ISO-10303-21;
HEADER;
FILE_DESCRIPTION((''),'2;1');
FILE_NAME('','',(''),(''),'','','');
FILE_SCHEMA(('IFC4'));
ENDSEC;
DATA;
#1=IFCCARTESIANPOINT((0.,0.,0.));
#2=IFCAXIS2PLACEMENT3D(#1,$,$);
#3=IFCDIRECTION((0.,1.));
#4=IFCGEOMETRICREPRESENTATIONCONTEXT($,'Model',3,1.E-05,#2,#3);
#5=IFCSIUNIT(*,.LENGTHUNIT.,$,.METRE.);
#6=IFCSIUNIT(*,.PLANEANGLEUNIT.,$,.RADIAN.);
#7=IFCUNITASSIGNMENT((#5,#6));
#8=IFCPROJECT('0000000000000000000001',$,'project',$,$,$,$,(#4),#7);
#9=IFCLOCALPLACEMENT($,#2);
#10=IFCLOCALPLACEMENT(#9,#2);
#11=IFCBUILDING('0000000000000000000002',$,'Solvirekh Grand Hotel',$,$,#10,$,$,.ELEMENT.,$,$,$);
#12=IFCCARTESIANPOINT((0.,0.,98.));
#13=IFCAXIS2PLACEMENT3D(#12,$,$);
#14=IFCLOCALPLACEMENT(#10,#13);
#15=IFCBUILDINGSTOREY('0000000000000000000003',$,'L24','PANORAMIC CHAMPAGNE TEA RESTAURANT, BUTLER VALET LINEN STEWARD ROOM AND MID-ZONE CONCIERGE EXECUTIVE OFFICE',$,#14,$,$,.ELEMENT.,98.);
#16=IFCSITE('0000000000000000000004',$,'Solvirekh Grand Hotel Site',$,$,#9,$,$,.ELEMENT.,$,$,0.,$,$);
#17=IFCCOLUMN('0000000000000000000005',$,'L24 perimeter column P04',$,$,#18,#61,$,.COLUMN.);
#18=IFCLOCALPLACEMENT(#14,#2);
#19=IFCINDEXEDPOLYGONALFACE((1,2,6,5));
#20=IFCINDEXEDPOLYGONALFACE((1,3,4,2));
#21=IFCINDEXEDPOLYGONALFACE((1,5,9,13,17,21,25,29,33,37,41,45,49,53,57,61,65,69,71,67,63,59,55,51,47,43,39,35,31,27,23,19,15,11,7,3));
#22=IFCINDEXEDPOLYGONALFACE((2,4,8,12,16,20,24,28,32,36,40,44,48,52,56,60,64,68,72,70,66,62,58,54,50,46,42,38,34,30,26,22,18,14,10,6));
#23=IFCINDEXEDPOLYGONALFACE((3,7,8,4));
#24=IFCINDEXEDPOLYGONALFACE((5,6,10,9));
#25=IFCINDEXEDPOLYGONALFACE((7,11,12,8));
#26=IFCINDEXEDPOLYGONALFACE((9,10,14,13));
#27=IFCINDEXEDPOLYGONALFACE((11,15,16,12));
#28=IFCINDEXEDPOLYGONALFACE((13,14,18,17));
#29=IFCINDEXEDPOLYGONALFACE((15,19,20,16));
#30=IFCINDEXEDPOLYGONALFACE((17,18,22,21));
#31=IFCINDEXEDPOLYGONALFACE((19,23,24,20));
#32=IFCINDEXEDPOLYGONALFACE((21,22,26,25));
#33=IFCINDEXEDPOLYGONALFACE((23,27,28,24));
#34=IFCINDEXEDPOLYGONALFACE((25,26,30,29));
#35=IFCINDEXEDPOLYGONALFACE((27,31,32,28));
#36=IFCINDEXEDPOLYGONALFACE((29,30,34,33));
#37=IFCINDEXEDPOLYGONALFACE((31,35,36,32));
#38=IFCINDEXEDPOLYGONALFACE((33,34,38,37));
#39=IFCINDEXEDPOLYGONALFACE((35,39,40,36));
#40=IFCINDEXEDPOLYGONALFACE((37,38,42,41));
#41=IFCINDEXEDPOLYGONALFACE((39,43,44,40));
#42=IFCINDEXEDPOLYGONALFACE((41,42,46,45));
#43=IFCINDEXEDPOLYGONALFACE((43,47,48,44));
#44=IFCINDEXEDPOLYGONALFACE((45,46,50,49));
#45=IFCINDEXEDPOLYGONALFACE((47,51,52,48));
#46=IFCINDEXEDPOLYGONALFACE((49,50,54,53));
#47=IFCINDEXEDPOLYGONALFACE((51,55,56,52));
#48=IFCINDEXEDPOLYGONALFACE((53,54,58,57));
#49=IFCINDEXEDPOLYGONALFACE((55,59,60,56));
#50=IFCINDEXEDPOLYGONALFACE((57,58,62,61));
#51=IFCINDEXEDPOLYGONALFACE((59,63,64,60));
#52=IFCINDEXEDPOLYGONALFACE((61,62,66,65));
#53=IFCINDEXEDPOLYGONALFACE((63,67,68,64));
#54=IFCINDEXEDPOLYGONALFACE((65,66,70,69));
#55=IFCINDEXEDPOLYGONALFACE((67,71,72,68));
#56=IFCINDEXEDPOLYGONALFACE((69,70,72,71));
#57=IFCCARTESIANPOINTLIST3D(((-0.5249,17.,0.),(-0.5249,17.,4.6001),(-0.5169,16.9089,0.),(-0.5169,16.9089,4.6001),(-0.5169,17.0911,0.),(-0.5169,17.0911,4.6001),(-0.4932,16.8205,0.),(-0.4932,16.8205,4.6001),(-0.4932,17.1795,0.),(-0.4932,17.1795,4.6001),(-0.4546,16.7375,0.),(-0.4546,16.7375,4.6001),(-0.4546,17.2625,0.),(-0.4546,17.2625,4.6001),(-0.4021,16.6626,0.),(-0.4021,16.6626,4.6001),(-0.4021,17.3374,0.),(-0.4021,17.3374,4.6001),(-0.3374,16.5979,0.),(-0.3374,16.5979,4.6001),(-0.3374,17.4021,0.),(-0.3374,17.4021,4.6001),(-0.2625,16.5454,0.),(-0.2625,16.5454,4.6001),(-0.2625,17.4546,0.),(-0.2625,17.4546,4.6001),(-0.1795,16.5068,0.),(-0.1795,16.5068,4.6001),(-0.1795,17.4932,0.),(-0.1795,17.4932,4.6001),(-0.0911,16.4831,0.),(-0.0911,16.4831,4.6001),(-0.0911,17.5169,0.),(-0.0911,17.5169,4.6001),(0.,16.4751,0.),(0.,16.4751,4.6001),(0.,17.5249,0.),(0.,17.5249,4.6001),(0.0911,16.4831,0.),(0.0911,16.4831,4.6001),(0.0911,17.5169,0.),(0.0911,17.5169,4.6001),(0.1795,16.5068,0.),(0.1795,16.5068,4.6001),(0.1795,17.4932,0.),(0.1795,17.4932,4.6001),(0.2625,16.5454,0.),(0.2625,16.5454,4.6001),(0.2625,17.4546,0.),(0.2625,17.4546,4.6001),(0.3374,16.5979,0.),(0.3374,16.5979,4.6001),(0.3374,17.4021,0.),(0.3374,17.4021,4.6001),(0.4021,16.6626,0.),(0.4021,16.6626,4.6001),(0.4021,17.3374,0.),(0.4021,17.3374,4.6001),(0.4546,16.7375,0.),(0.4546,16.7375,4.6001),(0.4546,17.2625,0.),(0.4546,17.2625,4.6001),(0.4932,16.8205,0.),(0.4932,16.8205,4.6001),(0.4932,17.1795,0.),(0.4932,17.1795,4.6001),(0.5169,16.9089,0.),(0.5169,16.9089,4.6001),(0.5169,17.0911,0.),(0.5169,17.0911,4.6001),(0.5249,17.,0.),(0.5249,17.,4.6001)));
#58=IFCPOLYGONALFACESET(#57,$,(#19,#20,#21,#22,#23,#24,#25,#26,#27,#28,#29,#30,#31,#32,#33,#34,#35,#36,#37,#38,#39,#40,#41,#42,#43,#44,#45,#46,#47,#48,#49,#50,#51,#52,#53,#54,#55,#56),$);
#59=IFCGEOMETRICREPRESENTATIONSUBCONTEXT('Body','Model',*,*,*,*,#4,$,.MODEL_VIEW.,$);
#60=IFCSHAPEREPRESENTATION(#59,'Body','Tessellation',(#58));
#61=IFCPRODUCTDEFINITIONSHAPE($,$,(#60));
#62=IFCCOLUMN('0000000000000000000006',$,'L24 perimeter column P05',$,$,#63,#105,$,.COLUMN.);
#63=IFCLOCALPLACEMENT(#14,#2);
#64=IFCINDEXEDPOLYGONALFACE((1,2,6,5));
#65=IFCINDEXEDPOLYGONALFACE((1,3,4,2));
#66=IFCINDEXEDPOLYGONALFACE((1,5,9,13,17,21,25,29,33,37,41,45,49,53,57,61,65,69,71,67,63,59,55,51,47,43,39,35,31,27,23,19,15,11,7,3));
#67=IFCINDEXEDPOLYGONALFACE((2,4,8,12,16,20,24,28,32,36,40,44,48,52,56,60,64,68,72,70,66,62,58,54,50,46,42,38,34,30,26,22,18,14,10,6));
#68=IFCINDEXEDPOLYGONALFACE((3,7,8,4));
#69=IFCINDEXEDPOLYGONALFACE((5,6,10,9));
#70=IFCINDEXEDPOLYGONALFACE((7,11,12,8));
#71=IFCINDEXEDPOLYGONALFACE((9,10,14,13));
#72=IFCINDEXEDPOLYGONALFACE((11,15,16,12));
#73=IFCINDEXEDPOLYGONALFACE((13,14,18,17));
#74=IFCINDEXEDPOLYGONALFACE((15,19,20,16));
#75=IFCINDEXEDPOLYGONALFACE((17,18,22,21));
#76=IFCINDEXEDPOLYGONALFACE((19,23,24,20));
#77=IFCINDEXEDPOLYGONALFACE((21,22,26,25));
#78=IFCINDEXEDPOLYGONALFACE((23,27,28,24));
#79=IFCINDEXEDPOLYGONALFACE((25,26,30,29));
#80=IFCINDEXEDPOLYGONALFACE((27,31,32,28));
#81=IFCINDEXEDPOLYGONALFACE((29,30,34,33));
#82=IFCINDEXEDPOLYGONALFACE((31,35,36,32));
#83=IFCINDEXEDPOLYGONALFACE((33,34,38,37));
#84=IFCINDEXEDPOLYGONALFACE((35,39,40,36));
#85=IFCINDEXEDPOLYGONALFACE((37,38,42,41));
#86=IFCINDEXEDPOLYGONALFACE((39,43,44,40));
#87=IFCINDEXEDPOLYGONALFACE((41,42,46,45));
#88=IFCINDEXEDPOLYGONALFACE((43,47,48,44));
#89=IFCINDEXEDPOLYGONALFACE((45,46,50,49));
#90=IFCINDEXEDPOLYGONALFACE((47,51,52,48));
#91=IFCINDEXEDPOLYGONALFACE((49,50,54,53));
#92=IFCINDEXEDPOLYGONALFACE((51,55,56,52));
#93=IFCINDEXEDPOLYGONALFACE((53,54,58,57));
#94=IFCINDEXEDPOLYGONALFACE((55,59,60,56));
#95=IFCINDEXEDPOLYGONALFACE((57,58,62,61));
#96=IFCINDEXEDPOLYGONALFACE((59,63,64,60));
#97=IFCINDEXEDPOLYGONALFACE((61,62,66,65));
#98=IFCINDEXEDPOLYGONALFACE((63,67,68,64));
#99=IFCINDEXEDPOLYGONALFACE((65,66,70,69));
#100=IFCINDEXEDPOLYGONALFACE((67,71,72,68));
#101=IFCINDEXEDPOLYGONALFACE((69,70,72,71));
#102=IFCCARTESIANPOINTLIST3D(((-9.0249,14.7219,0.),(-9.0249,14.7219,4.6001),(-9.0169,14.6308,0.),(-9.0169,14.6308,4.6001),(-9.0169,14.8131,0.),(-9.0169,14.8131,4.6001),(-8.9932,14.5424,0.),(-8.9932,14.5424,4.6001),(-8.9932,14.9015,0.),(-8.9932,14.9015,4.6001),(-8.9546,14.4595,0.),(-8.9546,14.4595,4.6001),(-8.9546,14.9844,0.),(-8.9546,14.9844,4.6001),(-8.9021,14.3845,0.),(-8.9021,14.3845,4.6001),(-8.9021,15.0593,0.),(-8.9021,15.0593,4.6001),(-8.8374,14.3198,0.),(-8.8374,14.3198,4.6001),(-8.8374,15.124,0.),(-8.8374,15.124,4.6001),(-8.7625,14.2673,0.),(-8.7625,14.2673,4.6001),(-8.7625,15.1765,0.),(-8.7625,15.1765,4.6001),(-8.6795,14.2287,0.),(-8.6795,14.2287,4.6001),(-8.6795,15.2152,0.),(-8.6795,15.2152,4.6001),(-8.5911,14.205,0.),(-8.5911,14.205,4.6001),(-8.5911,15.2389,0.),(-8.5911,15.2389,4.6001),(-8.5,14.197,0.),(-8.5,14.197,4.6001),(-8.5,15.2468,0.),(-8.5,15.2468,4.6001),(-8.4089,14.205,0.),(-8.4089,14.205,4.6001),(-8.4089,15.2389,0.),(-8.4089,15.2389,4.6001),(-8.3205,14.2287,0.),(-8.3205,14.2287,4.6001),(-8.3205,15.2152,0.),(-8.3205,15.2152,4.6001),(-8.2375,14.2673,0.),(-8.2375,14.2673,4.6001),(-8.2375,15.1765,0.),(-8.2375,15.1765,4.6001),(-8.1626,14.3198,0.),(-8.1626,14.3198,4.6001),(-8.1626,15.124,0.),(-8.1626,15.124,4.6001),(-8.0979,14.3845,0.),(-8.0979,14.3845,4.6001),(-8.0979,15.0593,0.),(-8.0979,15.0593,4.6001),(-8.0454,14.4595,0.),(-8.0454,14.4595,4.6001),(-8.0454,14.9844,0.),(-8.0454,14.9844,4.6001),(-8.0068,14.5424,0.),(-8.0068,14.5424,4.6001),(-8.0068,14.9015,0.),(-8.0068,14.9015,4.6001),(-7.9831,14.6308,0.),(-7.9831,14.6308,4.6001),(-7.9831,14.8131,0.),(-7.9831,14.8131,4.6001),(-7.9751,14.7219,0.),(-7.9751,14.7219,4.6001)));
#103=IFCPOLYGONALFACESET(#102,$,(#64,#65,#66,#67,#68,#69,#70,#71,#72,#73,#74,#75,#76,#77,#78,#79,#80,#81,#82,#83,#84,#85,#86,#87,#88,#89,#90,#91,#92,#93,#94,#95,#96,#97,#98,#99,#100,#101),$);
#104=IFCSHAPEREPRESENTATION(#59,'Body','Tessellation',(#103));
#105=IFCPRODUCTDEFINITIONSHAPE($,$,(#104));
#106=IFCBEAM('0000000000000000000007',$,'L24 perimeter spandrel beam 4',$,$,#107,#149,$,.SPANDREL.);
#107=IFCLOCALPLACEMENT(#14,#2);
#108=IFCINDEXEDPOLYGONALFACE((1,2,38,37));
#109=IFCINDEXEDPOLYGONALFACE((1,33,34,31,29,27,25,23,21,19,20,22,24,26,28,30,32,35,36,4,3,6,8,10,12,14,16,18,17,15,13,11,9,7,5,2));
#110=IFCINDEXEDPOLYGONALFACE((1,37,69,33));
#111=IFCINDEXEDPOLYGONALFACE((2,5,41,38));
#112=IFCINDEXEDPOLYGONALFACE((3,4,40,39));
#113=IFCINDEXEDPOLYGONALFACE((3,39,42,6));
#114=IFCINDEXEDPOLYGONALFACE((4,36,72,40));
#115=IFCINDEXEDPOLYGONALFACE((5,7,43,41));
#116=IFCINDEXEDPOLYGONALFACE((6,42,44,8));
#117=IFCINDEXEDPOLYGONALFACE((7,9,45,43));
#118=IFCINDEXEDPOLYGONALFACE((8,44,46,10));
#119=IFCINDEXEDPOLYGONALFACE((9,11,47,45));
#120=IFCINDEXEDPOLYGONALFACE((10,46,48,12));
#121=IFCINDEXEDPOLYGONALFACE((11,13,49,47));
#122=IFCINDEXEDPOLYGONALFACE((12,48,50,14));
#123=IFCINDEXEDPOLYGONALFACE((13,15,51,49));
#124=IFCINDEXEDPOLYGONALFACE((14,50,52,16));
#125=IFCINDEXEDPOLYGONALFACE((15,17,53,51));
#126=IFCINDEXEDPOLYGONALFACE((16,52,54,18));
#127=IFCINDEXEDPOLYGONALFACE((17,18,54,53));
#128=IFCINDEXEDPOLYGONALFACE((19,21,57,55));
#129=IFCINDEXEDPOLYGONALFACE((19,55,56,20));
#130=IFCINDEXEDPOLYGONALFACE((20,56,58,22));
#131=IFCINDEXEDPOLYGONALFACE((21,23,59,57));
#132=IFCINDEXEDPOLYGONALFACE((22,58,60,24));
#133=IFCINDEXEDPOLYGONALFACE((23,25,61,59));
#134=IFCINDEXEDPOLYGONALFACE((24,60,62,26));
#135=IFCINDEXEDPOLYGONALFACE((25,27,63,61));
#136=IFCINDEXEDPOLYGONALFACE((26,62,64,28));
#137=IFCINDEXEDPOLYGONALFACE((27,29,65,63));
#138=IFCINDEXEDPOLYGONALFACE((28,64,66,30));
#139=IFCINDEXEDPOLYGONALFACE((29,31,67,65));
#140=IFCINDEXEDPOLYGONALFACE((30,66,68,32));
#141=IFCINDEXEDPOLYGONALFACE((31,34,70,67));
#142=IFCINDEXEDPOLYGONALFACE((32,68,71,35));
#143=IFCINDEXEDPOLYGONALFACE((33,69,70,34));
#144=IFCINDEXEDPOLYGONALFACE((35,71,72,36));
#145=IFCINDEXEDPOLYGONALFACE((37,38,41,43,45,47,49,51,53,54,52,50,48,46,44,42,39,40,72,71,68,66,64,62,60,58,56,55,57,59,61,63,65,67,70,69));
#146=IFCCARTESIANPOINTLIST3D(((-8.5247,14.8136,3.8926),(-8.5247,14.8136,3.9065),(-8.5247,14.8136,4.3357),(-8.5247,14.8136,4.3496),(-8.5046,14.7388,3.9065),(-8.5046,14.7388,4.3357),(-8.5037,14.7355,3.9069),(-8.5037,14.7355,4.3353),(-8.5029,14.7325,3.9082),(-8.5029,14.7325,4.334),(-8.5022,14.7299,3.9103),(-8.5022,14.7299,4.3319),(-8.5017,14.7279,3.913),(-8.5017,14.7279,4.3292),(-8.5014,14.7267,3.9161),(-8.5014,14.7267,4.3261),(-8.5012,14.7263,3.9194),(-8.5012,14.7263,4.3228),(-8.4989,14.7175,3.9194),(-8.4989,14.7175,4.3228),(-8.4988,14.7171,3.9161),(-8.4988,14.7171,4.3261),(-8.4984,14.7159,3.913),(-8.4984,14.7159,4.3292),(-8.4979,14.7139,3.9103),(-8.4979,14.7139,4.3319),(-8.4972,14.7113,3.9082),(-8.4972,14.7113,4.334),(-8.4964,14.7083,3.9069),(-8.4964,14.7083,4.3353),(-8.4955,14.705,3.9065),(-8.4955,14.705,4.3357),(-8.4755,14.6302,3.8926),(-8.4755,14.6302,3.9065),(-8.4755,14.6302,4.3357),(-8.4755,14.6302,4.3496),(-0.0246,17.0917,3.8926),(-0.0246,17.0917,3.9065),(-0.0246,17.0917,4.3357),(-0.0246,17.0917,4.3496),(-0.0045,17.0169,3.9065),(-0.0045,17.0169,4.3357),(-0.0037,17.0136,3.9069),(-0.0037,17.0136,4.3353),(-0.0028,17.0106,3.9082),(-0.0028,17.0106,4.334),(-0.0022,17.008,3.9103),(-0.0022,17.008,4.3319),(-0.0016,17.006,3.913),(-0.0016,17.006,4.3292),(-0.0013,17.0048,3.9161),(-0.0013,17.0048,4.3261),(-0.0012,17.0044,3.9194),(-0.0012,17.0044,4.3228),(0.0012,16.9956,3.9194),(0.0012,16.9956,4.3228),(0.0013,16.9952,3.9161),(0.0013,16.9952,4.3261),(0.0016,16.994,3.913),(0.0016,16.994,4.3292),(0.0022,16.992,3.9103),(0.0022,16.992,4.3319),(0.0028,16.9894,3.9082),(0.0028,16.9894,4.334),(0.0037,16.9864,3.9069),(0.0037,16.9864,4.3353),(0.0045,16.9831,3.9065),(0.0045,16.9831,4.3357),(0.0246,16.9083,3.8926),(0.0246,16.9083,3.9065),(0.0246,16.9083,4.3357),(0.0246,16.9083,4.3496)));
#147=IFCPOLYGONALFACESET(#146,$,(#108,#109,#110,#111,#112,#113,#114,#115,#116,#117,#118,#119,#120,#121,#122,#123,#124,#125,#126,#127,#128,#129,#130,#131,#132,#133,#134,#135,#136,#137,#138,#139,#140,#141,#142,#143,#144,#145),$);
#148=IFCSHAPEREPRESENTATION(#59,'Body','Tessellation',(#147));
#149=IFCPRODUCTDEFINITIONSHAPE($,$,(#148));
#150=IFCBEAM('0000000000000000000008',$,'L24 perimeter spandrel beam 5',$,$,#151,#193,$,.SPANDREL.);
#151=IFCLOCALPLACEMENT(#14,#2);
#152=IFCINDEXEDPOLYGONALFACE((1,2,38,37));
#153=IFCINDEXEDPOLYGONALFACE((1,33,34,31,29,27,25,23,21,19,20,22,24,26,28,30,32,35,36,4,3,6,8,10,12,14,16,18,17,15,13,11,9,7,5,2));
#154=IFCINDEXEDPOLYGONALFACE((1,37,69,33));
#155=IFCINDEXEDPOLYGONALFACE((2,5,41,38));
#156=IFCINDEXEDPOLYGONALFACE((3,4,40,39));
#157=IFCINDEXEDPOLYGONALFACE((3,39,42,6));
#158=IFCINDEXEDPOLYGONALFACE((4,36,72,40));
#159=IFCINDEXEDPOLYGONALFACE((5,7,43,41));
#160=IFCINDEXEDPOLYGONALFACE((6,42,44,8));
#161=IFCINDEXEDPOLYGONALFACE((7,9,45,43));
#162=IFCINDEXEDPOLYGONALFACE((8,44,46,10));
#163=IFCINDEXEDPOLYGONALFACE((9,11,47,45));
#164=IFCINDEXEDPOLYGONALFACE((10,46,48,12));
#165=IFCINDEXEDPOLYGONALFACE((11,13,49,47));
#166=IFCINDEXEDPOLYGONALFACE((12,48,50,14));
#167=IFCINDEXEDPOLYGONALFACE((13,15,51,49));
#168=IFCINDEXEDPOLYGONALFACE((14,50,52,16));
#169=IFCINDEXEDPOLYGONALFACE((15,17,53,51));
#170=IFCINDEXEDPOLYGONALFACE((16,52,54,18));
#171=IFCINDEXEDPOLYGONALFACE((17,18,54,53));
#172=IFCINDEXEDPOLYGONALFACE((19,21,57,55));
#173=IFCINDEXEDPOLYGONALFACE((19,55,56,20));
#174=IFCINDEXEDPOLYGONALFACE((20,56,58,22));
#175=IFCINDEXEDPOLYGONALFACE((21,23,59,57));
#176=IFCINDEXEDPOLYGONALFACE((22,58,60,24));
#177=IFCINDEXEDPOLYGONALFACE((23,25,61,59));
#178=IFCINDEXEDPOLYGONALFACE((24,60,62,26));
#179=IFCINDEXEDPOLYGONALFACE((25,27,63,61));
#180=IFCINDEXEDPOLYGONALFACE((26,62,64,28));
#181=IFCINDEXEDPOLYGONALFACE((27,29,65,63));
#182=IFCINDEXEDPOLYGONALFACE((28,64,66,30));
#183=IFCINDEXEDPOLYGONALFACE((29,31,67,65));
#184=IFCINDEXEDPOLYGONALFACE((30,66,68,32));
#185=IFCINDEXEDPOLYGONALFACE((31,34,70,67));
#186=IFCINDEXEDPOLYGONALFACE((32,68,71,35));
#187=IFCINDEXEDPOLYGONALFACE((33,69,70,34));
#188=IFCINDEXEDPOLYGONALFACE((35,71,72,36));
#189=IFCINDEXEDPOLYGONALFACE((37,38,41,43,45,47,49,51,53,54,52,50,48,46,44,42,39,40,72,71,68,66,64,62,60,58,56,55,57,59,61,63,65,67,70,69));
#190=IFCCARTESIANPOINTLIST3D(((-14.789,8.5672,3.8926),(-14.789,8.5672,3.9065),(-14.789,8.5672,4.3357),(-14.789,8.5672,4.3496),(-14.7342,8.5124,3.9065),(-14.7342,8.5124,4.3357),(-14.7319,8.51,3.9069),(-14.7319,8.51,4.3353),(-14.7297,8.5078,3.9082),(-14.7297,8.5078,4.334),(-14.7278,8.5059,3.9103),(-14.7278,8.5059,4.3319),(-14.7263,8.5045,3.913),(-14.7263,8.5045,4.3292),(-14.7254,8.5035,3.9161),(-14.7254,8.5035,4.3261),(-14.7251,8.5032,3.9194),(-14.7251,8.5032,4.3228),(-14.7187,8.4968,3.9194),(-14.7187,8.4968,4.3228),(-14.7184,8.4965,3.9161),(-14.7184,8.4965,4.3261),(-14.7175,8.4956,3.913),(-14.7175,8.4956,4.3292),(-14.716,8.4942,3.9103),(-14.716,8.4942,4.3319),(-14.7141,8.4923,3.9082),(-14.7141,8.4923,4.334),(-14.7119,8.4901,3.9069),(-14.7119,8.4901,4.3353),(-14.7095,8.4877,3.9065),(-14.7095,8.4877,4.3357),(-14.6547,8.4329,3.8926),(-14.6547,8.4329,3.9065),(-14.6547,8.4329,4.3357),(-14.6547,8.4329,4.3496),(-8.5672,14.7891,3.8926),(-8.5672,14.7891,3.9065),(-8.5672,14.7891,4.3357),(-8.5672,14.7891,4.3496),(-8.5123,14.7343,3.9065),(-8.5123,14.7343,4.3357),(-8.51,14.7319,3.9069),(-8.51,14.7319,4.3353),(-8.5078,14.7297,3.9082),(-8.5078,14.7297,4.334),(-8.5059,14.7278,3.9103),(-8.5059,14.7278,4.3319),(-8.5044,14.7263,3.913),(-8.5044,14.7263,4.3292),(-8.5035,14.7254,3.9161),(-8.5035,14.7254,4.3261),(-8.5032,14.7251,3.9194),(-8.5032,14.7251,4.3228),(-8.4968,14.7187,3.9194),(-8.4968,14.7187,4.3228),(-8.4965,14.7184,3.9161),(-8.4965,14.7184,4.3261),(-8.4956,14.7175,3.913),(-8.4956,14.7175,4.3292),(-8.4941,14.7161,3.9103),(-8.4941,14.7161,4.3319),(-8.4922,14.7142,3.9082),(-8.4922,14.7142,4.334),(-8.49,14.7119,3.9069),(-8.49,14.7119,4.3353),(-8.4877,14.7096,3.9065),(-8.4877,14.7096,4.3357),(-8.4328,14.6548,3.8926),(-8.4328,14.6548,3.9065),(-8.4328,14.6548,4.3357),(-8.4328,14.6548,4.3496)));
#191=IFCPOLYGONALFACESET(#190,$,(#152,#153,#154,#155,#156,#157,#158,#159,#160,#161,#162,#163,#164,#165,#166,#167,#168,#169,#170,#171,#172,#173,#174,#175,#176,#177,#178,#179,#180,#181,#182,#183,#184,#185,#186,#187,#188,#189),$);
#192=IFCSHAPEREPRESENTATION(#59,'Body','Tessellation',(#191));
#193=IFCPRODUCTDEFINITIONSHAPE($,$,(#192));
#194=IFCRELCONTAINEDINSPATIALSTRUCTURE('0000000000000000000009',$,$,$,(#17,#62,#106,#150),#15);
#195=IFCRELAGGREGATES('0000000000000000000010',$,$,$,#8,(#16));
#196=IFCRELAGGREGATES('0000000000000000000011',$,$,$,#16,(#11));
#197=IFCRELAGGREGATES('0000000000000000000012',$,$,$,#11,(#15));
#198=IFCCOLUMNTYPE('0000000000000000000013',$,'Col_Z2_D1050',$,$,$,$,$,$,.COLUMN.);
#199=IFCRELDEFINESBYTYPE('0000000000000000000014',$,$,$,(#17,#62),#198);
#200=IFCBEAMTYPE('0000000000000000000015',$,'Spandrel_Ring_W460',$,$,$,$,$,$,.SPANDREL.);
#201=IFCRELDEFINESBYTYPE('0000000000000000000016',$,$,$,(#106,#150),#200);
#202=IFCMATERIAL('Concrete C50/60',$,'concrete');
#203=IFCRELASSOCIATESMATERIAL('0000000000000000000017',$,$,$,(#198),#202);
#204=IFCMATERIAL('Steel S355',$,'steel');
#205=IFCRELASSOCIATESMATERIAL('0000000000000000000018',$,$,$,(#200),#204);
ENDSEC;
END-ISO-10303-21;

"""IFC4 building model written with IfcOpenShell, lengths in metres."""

from ifc_helpers import new_model, si_unit, direction, frame, origin, origin_2d, place, context, subcontext, project, spatial, circle, i_section, extrude, material, material_profile, profile_set, type_object, element, save


model = new_model("IFC4")

# Units and contexts
model_context = context("Model", 3, precision=1e-05, world=origin(), true_north=direction((0.0, 1.0)))
body_context = subcontext(model_context, "Body", "Model", "MODEL_VIEW")
ifc_project = project(units=[si_unit("LENGTHUNIT", "METRE"), si_unit("PLANEANGLEUNIT", "RADIAN")], contexts=[model_context])

# Site, building, storey
site_placement = place(None, origin())
site = spatial("IfcSite", under=ifc_project, at=site_placement, Name="Solvirekh Grand Hotel Site", CompositionType="ELEMENT", RefElevation=0.0)
building_placement = place(site_placement, origin())
building = spatial("IfcBuilding", under=site, at=building_placement, Name="Solvirekh Grand Hotel", CompositionType="ELEMENT")
storey_placement = place(building_placement, frame((0.0, 0.0, 98.0)))
storey = spatial("IfcBuildingStorey", under=building, at=storey_placement, Name="L24", Description="PANORAMIC CHAMPAGNE TEA RESTAURANT, BUTLER VALET LINEN STEWARD ROOM AND MID-ZONE CONCIERGE EXECUTIVE OFFICE", CompositionType="ELEMENT", Elevation=98.0)

# Columns
ifc_material_1 = material(Name="Concrete C50/60", Category="concrete")
ifc_material_profile_1 = material_profile(ifc_material_1, circle(Radius=0.5249, at=origin_2d()), Name="RC CIRC D1050")
ifc_profile_set_1 = profile_set([ifc_material_profile_1], Name="Concrete C50/60")
column_type = type_object("IfcColumnType", Name="Col_Z2_D1050", PredefinedType="COLUMN", material=ifc_profile_set_1)
for number, where, z_axis, x_axis, name in (
    (1, (0.0, 17.0, 0.0), (0.0, 0.0, 1.0), (1.0, 0.0, 0.0), "L24 perimeter column P04"),
    (2, (-8.5, 14.7219, 0.0), (0.0, 0.0, 1.0), (1.0, 0.0, 0.0), "L24 perimeter column P05"),
):
    element("IfcColumn", number, at=place(storey_placement, frame(where, z_axis=z_axis, x_axis=x_axis)), inside=storey, type_object=column_type, Name=name, PredefinedType="COLUMN", context=body_context, shape_type="SweptSolid", body=[
        extrude(circle(Radius=0.5249, at=origin_2d()), origin(), (0.0, 0.0, 1.0), 4.6001),
    ])

# Beams
ifc_material_2 = material(Name="Steel S355", Category="steel")
ifc_material_profile_2 = material_profile(ifc_material_2, i_section(OverallWidth=0.1899, OverallDepth=0.457, WebThickness=0.009, FlangeThickness=0.0139, FilletRadius=0.0129, at=origin_2d()), Name="W460X74")
ifc_profile_set_2 = profile_set([ifc_material_profile_2], Name="Steel S355")
beam_type = type_object("IfcBeamType", Name="Spandrel_Ring_W460", PredefinedType="SPANDREL", material=ifc_profile_set_2)
beam_1_placement = place(storey_placement, frame((0.0, 17.0, 4.1211), z_axis=(-0.965911, -0.258873, 0.0), x_axis=(0.258873, -0.965911, 0.0)))
element("IfcBeam", 3, at=beam_1_placement, inside=storey, type_object=beam_type, Name="L24 perimeter spandrel beam 4", PredefinedType="SPANDREL", context=body_context, shape_type="SweptSolid", body=[
    extrude(i_section(OverallWidth=0.1899, OverallDepth=0.457, WebThickness=0.009, FlangeThickness=0.0139, FilletRadius=0.0129, at=origin_2d()), origin(), (0.0, 0.0, 1.0), 8.8),
])
beam_2_placement = place(storey_placement, frame((-8.5, 14.7219, 4.1211), z_axis=(-0.707107, -0.707107, 0.0), x_axis=(0.707107, -0.707107, 0.0)))
element("IfcBeam", 4, at=beam_2_placement, inside=storey, type_object=beam_type, Name="L24 perimeter spandrel beam 5", PredefinedType="SPANDREL", context=body_context, shape_type="SweptSolid", body=[
    extrude(i_section(OverallWidth=0.1899, OverallDepth=0.457, WebThickness=0.009, FlangeThickness=0.0139, FilletRadius=0.0129, at=origin_2d()), origin(), (0.0, 0.0, 1.0), 8.7991),
])

save(model, "model.ifc")
